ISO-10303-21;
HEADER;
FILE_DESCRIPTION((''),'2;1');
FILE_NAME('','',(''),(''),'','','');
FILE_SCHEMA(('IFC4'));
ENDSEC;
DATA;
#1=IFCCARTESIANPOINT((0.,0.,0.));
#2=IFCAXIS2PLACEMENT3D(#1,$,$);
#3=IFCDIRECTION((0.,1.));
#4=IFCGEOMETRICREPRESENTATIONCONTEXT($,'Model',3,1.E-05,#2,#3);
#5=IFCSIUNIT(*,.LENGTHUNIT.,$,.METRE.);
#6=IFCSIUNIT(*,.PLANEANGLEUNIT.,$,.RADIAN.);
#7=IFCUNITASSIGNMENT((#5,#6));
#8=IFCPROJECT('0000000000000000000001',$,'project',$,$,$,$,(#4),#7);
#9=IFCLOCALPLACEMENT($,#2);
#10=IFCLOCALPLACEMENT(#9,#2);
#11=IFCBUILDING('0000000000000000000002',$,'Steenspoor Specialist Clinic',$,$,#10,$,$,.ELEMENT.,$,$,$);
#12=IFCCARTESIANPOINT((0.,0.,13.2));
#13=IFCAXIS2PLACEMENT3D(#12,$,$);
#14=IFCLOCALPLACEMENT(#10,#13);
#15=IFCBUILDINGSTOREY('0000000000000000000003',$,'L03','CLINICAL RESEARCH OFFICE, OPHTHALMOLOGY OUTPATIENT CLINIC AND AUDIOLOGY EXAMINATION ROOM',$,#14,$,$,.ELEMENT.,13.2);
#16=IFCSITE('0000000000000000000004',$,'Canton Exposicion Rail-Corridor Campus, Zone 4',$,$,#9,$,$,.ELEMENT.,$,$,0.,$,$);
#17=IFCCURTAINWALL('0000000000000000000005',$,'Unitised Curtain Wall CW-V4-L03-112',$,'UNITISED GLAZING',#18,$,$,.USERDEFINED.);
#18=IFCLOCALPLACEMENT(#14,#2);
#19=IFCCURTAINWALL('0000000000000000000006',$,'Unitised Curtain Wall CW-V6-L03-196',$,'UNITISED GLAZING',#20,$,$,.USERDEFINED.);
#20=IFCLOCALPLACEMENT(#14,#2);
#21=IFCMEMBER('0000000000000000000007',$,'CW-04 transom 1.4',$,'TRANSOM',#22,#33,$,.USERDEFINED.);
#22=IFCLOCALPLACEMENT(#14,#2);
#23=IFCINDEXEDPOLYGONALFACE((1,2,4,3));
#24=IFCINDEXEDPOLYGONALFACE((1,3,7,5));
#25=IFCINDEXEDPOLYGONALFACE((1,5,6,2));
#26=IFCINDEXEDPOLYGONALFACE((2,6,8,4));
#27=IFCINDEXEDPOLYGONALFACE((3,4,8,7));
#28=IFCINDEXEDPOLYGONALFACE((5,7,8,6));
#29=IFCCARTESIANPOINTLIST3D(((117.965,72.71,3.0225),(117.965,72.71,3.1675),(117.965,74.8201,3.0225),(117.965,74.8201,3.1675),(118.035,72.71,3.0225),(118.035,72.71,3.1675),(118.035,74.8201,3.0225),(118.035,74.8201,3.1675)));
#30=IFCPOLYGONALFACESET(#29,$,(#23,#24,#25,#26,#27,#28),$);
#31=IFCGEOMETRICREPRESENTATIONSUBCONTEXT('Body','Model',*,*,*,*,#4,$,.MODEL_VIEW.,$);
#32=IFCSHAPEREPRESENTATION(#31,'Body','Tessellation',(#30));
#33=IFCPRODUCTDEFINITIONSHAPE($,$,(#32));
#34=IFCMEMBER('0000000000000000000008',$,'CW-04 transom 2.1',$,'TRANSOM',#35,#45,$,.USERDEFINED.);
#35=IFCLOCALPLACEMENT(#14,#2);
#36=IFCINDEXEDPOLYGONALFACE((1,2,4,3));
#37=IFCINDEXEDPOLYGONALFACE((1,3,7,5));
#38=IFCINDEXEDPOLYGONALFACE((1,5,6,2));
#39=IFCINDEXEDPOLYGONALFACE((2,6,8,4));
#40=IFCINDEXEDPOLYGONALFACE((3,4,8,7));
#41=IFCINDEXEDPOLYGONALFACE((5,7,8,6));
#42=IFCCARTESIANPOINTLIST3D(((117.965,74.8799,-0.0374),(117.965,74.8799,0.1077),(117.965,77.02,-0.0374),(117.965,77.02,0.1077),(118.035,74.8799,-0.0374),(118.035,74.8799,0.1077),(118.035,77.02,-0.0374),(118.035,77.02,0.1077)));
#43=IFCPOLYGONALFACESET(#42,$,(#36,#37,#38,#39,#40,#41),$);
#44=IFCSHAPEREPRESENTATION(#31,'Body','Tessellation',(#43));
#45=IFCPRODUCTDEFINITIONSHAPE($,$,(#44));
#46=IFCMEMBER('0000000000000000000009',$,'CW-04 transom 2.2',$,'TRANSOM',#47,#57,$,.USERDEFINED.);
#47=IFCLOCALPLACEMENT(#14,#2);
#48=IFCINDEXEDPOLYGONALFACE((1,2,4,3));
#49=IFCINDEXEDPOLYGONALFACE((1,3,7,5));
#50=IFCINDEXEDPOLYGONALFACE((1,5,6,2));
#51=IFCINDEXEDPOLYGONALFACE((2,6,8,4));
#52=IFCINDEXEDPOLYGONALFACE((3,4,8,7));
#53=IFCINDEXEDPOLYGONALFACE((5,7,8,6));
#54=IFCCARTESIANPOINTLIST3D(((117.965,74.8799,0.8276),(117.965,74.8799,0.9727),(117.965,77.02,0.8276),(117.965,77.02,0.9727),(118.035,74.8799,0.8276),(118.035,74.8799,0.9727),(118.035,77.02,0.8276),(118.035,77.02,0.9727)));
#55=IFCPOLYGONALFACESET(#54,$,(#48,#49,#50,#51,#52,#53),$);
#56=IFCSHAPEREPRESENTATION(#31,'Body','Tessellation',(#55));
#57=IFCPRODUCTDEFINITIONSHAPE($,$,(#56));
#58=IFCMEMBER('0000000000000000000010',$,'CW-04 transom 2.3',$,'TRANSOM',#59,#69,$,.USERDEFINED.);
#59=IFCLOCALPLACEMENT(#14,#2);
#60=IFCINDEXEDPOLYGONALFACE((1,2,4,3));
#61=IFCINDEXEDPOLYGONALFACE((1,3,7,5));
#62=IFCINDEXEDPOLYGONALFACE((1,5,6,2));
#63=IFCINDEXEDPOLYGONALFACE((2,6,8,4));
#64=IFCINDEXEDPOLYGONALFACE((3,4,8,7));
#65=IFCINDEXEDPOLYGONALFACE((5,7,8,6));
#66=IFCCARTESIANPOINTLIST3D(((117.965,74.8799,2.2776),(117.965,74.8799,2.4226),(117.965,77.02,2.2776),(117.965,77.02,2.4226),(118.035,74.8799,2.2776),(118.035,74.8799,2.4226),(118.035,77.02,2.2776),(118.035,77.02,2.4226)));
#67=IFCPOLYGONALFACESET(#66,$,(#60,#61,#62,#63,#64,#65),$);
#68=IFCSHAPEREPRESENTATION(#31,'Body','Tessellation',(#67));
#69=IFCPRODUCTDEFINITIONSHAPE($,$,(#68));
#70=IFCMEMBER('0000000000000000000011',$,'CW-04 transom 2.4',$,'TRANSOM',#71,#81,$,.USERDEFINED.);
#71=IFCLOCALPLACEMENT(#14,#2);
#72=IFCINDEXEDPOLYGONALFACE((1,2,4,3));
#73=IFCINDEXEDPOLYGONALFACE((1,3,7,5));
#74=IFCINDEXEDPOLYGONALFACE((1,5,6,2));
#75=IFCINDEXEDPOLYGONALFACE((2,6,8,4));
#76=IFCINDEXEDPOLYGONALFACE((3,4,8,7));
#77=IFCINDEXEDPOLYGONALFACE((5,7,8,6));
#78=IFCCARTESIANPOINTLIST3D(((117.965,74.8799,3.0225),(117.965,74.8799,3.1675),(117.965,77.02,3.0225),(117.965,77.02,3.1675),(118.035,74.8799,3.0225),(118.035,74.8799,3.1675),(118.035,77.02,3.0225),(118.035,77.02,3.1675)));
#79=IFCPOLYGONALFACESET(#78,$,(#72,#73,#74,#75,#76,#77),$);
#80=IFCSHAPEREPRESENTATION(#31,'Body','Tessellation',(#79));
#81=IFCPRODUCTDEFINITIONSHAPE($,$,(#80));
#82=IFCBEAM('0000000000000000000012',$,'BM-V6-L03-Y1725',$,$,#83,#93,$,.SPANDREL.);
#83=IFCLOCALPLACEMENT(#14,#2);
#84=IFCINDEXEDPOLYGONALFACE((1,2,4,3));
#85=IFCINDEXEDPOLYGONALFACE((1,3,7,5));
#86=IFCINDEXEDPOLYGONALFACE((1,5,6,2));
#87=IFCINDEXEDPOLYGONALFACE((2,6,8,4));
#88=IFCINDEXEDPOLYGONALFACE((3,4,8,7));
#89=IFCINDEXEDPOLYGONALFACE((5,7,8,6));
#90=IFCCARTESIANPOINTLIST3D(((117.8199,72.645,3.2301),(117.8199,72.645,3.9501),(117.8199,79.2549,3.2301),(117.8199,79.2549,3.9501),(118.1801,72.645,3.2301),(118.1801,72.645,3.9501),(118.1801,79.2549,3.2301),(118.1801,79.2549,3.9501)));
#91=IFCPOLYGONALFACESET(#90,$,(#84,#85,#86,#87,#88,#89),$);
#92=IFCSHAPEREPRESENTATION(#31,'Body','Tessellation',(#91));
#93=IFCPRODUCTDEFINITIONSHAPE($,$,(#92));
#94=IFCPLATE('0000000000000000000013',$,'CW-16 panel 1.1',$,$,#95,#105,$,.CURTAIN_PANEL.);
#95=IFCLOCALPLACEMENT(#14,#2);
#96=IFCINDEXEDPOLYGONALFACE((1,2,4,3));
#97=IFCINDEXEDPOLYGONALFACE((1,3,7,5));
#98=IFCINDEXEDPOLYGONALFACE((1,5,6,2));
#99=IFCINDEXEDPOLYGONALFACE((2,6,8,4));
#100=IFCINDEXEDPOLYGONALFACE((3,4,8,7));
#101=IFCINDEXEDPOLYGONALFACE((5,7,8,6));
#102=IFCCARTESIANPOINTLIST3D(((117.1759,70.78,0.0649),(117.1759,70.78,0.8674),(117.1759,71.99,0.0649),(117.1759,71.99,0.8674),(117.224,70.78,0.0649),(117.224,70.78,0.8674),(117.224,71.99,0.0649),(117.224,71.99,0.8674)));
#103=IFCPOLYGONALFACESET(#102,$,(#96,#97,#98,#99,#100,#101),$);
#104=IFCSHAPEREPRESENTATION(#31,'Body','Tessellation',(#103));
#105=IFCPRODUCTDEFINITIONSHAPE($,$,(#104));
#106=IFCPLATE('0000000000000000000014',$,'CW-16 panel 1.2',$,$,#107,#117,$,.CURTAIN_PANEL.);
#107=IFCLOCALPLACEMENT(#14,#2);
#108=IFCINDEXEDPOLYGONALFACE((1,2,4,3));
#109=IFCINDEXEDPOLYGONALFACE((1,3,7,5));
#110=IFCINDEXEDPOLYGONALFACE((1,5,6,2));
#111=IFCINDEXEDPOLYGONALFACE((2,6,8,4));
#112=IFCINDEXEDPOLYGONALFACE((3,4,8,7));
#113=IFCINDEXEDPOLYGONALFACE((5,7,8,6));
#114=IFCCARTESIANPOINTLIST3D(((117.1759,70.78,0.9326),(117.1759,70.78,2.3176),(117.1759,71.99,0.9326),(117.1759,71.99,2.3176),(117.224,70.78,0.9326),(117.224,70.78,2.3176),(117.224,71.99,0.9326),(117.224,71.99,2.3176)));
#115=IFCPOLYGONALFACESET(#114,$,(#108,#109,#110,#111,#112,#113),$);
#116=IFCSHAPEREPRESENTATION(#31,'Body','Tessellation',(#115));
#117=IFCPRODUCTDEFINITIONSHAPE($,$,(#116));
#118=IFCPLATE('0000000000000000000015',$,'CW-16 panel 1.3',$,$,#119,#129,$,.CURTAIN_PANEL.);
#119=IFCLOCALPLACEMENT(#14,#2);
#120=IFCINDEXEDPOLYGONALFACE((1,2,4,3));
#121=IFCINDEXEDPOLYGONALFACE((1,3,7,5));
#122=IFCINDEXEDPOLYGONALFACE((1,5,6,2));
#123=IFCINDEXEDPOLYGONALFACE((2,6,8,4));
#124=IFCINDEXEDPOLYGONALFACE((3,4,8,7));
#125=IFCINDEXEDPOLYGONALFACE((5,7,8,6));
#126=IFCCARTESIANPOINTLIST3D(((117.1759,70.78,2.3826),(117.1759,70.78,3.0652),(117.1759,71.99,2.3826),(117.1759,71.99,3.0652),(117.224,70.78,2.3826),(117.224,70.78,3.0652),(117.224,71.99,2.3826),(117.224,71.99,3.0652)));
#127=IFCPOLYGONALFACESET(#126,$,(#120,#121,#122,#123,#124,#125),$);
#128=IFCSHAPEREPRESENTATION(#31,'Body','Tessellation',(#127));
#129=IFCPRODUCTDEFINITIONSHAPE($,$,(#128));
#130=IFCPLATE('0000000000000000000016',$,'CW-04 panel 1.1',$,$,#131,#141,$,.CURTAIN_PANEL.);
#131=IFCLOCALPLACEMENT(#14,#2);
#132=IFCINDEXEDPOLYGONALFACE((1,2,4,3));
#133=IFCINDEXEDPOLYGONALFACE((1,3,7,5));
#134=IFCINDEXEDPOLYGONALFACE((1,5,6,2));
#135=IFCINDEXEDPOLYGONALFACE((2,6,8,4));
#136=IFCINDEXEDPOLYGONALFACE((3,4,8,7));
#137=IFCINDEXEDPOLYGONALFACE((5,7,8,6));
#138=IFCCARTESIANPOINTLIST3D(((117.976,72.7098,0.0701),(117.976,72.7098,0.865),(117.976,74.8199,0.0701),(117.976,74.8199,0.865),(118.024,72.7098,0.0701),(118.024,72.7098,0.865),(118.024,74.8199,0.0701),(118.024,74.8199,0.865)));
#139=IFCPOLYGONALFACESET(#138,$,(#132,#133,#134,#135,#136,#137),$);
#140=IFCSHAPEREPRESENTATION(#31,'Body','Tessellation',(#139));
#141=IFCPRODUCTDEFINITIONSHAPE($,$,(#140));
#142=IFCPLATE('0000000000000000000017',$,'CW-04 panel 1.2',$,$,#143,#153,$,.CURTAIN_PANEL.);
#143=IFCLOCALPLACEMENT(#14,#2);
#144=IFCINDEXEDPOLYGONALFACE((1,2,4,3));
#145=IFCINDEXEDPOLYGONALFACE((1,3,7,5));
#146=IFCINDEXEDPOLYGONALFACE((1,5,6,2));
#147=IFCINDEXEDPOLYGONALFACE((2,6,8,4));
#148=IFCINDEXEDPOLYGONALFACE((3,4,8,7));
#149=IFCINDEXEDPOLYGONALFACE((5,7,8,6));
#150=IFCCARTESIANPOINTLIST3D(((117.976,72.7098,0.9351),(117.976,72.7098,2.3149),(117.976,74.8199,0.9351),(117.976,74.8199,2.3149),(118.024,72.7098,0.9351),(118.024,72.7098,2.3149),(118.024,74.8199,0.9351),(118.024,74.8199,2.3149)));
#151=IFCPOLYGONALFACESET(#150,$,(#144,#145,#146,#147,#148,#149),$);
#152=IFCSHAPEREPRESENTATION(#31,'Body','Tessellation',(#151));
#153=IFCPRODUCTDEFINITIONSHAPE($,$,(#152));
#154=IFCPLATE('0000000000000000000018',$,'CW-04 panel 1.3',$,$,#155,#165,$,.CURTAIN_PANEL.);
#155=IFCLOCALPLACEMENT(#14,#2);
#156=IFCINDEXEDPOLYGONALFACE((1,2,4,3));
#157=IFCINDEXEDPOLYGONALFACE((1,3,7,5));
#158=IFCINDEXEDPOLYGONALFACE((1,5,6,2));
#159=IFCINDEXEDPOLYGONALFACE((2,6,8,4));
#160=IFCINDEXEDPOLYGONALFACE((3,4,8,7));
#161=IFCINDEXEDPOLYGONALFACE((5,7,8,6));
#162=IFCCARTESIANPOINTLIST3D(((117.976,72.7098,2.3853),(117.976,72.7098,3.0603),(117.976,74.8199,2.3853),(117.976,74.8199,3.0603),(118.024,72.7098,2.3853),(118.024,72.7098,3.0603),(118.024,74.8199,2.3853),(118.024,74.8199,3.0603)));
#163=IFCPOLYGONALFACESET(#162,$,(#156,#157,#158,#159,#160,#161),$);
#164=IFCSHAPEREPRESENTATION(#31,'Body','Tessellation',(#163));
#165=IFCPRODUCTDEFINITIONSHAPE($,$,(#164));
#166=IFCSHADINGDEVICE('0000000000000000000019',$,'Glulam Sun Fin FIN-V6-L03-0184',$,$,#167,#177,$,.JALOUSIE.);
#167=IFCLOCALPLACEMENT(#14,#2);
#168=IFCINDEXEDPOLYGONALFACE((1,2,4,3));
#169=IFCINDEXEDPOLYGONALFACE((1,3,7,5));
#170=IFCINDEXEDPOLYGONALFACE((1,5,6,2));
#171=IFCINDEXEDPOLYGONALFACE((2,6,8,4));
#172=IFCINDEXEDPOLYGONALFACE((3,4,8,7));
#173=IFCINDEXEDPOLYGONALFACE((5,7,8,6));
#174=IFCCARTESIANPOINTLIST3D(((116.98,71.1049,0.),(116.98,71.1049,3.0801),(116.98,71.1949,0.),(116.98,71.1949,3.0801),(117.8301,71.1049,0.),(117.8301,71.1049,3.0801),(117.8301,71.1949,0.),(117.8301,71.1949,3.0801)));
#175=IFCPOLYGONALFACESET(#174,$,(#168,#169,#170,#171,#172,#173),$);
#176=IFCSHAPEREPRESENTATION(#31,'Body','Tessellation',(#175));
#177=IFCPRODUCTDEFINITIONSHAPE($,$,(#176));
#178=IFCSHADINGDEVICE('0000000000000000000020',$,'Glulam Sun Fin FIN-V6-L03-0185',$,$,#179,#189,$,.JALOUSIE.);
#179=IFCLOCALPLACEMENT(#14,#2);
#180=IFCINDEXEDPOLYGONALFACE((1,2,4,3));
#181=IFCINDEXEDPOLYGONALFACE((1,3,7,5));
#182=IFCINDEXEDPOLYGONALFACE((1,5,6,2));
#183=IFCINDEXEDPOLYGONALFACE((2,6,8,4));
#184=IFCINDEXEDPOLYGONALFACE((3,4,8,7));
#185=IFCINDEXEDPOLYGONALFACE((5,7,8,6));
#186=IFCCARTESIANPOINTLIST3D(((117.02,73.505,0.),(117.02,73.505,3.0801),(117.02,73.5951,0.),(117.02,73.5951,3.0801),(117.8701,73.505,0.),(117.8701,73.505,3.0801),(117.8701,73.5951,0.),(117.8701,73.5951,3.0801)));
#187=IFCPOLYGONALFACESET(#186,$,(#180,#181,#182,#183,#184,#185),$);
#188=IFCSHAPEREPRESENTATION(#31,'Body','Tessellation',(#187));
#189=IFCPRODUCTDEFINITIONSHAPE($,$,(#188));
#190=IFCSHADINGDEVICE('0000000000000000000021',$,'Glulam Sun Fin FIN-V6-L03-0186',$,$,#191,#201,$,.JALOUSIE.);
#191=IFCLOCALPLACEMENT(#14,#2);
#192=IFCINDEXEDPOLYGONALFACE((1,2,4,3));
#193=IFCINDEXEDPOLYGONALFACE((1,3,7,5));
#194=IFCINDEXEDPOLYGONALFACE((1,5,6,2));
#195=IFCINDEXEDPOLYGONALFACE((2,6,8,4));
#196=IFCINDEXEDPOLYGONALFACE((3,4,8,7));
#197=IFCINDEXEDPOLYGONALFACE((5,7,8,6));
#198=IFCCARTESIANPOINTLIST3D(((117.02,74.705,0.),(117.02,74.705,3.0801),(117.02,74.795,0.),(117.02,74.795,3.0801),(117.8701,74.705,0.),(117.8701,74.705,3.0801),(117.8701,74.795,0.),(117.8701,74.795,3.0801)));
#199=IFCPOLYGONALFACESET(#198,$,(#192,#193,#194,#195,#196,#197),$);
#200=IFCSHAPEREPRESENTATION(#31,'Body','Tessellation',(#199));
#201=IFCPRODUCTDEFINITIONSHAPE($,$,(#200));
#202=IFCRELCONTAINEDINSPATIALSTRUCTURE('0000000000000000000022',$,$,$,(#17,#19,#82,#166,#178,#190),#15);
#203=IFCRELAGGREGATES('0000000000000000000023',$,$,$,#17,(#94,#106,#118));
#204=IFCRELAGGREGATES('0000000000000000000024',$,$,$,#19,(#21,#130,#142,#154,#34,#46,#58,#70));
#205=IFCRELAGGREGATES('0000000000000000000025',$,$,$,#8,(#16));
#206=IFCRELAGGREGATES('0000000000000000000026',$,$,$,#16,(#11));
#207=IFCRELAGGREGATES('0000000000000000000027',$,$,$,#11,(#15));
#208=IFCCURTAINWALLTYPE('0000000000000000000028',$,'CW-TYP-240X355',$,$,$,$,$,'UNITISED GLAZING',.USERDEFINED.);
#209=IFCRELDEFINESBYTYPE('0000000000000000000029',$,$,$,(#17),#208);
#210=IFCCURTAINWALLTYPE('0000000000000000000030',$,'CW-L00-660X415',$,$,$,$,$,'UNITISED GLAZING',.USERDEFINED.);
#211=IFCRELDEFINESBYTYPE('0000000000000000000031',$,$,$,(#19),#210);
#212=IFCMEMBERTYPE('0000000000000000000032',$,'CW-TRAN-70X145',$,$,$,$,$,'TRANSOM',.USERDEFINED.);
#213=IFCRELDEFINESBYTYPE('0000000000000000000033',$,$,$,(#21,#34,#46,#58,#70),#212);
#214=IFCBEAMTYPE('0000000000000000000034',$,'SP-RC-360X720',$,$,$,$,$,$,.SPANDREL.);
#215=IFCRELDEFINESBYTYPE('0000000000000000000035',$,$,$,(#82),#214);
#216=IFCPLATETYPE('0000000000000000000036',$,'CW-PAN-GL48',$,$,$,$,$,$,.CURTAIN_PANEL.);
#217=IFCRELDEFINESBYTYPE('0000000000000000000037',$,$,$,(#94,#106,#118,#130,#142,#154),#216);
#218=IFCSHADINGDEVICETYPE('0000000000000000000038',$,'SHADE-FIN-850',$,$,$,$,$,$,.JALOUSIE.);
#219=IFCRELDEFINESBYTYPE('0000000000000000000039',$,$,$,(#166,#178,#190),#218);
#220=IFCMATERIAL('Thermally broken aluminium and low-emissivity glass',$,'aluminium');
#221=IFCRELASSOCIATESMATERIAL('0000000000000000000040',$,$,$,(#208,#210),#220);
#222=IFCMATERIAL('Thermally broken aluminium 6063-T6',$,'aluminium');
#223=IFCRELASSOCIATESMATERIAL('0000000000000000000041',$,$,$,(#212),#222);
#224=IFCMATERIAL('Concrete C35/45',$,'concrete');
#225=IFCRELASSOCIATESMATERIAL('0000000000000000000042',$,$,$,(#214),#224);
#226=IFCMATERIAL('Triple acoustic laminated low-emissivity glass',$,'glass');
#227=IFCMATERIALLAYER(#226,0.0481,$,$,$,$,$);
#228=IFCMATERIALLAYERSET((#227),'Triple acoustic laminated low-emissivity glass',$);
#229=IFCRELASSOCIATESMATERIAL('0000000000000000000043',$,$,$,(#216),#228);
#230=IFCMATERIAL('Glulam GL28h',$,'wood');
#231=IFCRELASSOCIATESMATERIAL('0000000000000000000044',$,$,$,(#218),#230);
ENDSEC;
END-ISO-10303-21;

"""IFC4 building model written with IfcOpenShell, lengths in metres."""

from ifc_helpers import new_model, si_unit, direction, frame, origin, origin_2d, place, context, subcontext, project, spatial, rectangle, extrude, material, layer, layer_set, material_profile, profile_set, type_object, element, aggregate, save


model = new_model("IFC4")

# Units and contexts
model_context = context("Model", 3, precision=1e-05, world=origin(), true_north=direction((0.0, 1.0)))
body_context = subcontext(model_context, "Body", "Model", "MODEL_VIEW")
ifc_project = project(units=[si_unit("LENGTHUNIT", "METRE"), si_unit("PLANEANGLEUNIT", "RADIAN")], contexts=[model_context])

# Site, building, storey
site_placement = place(None, origin())
site = spatial("IfcSite", under=ifc_project, at=site_placement, Name="Canton Exposicion Rail-Corridor Campus, Zone 4", CompositionType="ELEMENT", RefElevation=0.0)
building_placement = place(site_placement, origin())
building = spatial("IfcBuilding", under=site, at=building_placement, Name="Steenspoor Specialist Clinic", CompositionType="ELEMENT")
storey_placement = place(building_placement, frame((0.0, 0.0, 13.2)))
storey = spatial("IfcBuildingStorey", under=building, at=storey_placement, Name="L03", Description="CLINICAL RESEARCH OFFICE, OPHTHALMOLOGY OUTPATIENT CLINIC AND AUDIOLOGY EXAMINATION ROOM", CompositionType="ELEMENT", Elevation=13.2)

# Curtain walls
ifc_material_1 = material(Name="Thermally broken aluminium and low-emissivity glass", Category="aluminium")
curtain_wall_type_1 = type_object("IfcCurtainWallType", Name="CW-TYP-240X355", ElementType="UNITISED GLAZING", PredefinedType="USERDEFINED", material=ifc_material_1)
curtain_wall_1_placement = place(storey_placement, origin())
curtain_wall_1 = element("IfcCurtainWall", 1, at=curtain_wall_1_placement, inside=storey, type_object=curtain_wall_type_1, Name="Unitised Curtain Wall CW-V4-L03-112", ObjectType="UNITISED GLAZING", PredefinedType="USERDEFINED")
ifc_material_2 = material(Name="Thermally broken aluminium 6063-T6", Category="aluminium")
curtain_wall_type_2 = type_object("IfcCurtainWallType", Name="CW-L00-660X415", ElementType="UNITISED GLAZING", PredefinedType="USERDEFINED", material=ifc_material_1)
curtain_wall_2_placement = place(storey_placement, origin())
curtain_wall_2 = element("IfcCurtainWall", 2, at=curtain_wall_2_placement, inside=storey, type_object=curtain_wall_type_2, Name="Unitised Curtain Wall CW-V6-L03-196", ObjectType="UNITISED GLAZING", PredefinedType="USERDEFINED")

# Members
ifc_material_profile_1 = material_profile(ifc_material_2, rectangle(XDim=0.0701, YDim=0.145, at=origin_2d()), Name="CWT-70X145")
ifc_profile_set_1 = profile_set([ifc_material_profile_1], Name="Thermally broken aluminium 6063-T6")
member_type_1 = type_object("IfcMemberType", Name="CW-TRAN-70X145", ElementType="TRANSOM", PredefinedType="USERDEFINED", material=ifc_profile_set_1)
member_1_placement = place(storey_placement, frame((118.0, 72.71, 3.095), z_axis=(0.0, 1.0, 0.0), x_axis=(-1.0, 0.0, 0.0)))
member_1 = element("IfcMember", 3, at=member_1_placement, type_object=member_type_1, Name="CW-04 transom 1.4", ObjectType="TRANSOM", PredefinedType="USERDEFINED", context=body_context, shape_type="SweptSolid", body=[
    extrude(rectangle(XDim=0.0701, YDim=0.145, at=origin_2d()), origin(), (0.0, 0.0, 1.0), 2.1101),
])
member_2_placement = place(storey_placement, frame((118.0, 74.8799, 0.0352), z_axis=(0.0, 1.0, 0.0), x_axis=(-1.0, 0.0, 0.0)))
member_2 = element("IfcMember", 4, at=member_2_placement, type_object=member_type_1, Name="CW-04 transom 2.1", ObjectType="TRANSOM", PredefinedType="USERDEFINED", context=body_context, shape_type="SweptSolid", body=[
    extrude(rectangle(XDim=0.0701, YDim=0.145, at=origin_2d()), origin(), (0.0, 0.0, 1.0), 2.1401),
])
member_3_placement = place(storey_placement, frame((118.0, 74.8799, 0.9001), z_axis=(0.0, 1.0, 0.0), x_axis=(-1.0, 0.0, 0.0)))
member_3 = element("IfcMember", 5, at=member_3_placement, type_object=member_type_1, Name="CW-04 transom 2.2", ObjectType="TRANSOM", PredefinedType="USERDEFINED", context=body_context, shape_type="SweptSolid", body=[
    extrude(rectangle(XDim=0.0701, YDim=0.145, at=origin_2d()), origin(), (0.0, 0.0, 1.0), 2.1401),
])
member_4_placement = place(storey_placement, frame((118.0, 74.8799, 2.3501), z_axis=(0.0, 1.0, 0.0), x_axis=(-1.0, 0.0, 0.0)))
member_4 = element("IfcMember", 6, at=member_4_placement, type_object=member_type_1, Name="CW-04 transom 2.3", ObjectType="TRANSOM", PredefinedType="USERDEFINED", context=body_context, shape_type="SweptSolid", body=[
    extrude(rectangle(XDim=0.0701, YDim=0.145, at=origin_2d()), origin(), (0.0, 0.0, 1.0), 2.1401),
])
member_5_placement = place(storey_placement, frame((118.0, 74.8799, 3.095), z_axis=(0.0, 1.0, 0.0), x_axis=(-1.0, 0.0, 0.0)))
member_5 = element("IfcMember", 7, at=member_5_placement, type_object=member_type_1, Name="CW-04 transom 2.4", ObjectType="TRANSOM", PredefinedType="USERDEFINED", context=body_context, shape_type="SweptSolid", body=[
    extrude(rectangle(XDim=0.0701, YDim=0.145, at=origin_2d()), origin(), (0.0, 0.0, 1.0), 2.1401),
])

# Beam
ifc_material_3 = material(Name="Concrete C35/45", Category="concrete")
ifc_material_profile_2 = material_profile(ifc_material_3, rectangle(XDim=0.3601, YDim=0.72, at=origin_2d()), Name="RC-SP-360X720")
ifc_profile_set_2 = profile_set([ifc_material_profile_2], Name="Concrete C35/45")
beam_type = type_object("IfcBeamType", Name="SP-RC-360X720", PredefinedType="SPANDREL", material=ifc_profile_set_2)
beam_placement = place(storey_placement, frame((118.0, 72.645, 3.5901), z_axis=(0.0, 1.0, 0.0), x_axis=(-1.0, 0.0, 0.0)))
element("IfcBeam", 8, at=beam_placement, inside=storey, type_object=beam_type, Name="BM-V6-L03-Y1725", PredefinedType="SPANDREL", context=body_context, shape_type="SweptSolid", body=[
    extrude(rectangle(XDim=0.3601, YDim=0.72, at=origin_2d()), origin(), (0.0, 0.0, 1.0), 6.6099),
])

# Plates
ifc_material_4 = material(Name="Triple acoustic laminated low-emissivity glass", Category="glass")
ifc_layer = layer(ifc_material_4, 0.0481)
ifc_layer_set = layer_set([ifc_layer], Name="Triple acoustic laminated low-emissivity glass")
plate_type = type_object("IfcPlateType", Name="CW-PAN-GL48", PredefinedType="CURTAIN_PANEL", material=ifc_layer_set)
plate_1_placement = place(storey_placement, frame((117.2, 71.385, 0.0649), z_axis=(0.0, 0.0, 1.0), x_axis=(0.0, -1.0, 0.0)))
plate_1 = element("IfcPlate", 9, at=plate_1_placement, type_object=plate_type, Name="CW-16 panel 1.1", PredefinedType="CURTAIN_PANEL", context=body_context, shape_type="SweptSolid", body=[
    extrude(rectangle(XDim=1.21, YDim=0.0481, at=origin_2d()), origin(), (0.0, 0.0, 1.0), 0.8025),
])
plate_2_placement = place(storey_placement, frame((117.2, 71.385, 0.9326), z_axis=(0.0, 0.0, 1.0), x_axis=(0.0, -1.0, 0.0)))
plate_2 = element("IfcPlate", 10, at=plate_2_placement, type_object=plate_type, Name="CW-16 panel 1.2", PredefinedType="CURTAIN_PANEL", context=body_context, shape_type="SweptSolid", body=[
    extrude(rectangle(XDim=1.21, YDim=0.0481, at=origin_2d()), origin(), (0.0, 0.0, 1.0), 1.385),
])
plate_3_placement = place(storey_placement, frame((117.2, 71.385, 2.3826), z_axis=(0.0, 0.0, 1.0), x_axis=(0.0, -1.0, 0.0)))
plate_3 = element("IfcPlate", 11, at=plate_3_placement, type_object=plate_type, Name="CW-16 panel 1.3", PredefinedType="CURTAIN_PANEL", context=body_context, shape_type="SweptSolid", body=[
    extrude(rectangle(XDim=1.21, YDim=0.0481, at=origin_2d()), origin(), (0.0, 0.0, 1.0), 0.6826),
])
aggregate(curtain_wall_1, [plate_1, plate_2, plate_3])
plate_4_placement = place(storey_placement, frame((118.0, 73.7649, 0.0701), z_axis=(0.0, 0.0, 1.0), x_axis=(0.0, 1.0, 0.0)))
plate_4 = element("IfcPlate", 12, at=plate_4_placement, type_object=plate_type, Name="CW-04 panel 1.1", PredefinedType="CURTAIN_PANEL", context=body_context, shape_type="SweptSolid", body=[
    extrude(rectangle(XDim=2.1101, YDim=0.0481, at=origin_2d()), origin(), (0.0, 0.0, 1.0), 0.7949),
])
plate_5_placement = place(storey_placement, frame((118.0, 73.7649, 0.9351), z_axis=(0.0, 0.0, 1.0), x_axis=(0.0, 1.0, 0.0)))
plate_5 = element("IfcPlate", 13, at=plate_5_placement, type_object=plate_type, Name="CW-04 panel 1.2", PredefinedType="CURTAIN_PANEL", context=body_context, shape_type="SweptSolid", body=[
    extrude(rectangle(XDim=2.1101, YDim=0.0481, at=origin_2d()), origin(), (0.0, 0.0, 1.0), 1.3799),
])
plate_6_placement = place(storey_placement, frame((118.0, 73.7649, 2.3853), z_axis=(0.0, 0.0, 1.0), x_axis=(0.0, 1.0, 0.0)))
plate_6 = element("IfcPlate", 14, at=plate_6_placement, type_object=plate_type, Name="CW-04 panel 1.3", PredefinedType="CURTAIN_PANEL", context=body_context, shape_type="SweptSolid", body=[
    extrude(rectangle(XDim=2.1101, YDim=0.0481, at=origin_2d()), origin(), (0.0, 0.0, 1.0), 0.675),
])
aggregate(curtain_wall_2, [member_1, plate_4, plate_5, plate_6, member_2, member_3, member_4, member_5])

# Shading devices
ifc_material_5 = material(Name="Glulam GL28h", Category="wood")
ifc_material_profile_3 = material_profile(ifc_material_5, rectangle(XDim=0.0901, YDim=0.8501, at=origin_2d()), Name="GL28H-90X850")
ifc_profile_set_3 = profile_set([ifc_material_profile_3], Name="Glulam GL28h")
shading_device_type = type_object("IfcShadingDeviceType", Name="SHADE-FIN-850", PredefinedType="JALOUSIE", material=ifc_profile_set_3)
for number, where, z_axis, x_axis, name in (
    (15, (117.405, 71.1499, 0.0), (0.0, 0.0, 1.0), (0.0, 1.0, 0.0), "Glulam Sun Fin FIN-V6-L03-0184"),
    (16, (117.4451, 73.55, 0.0), (0.0, 0.0, 1.0), (0.0, 1.0, 0.0), "Glulam Sun Fin FIN-V6-L03-0185"),
    (17, (117.4451, 74.75, 0.0), (0.0, 0.0, 1.0), (0.0, 1.0, 0.0), "Glulam Sun Fin FIN-V6-L03-0186"),
):
    element("IfcShadingDevice", number, at=place(storey_placement, frame(where, z_axis=z_axis, x_axis=x_axis)), inside=storey, type_object=shading_device_type, Name=name, PredefinedType="JALOUSIE", context=body_context, shape_type="SweptSolid", body=[
        extrude(rectangle(XDim=0.0901, YDim=0.8501, at=origin_2d()), origin(), (0.0, 0.0, 1.0), 3.0801),
    ])

save(model, "model.ifc")
